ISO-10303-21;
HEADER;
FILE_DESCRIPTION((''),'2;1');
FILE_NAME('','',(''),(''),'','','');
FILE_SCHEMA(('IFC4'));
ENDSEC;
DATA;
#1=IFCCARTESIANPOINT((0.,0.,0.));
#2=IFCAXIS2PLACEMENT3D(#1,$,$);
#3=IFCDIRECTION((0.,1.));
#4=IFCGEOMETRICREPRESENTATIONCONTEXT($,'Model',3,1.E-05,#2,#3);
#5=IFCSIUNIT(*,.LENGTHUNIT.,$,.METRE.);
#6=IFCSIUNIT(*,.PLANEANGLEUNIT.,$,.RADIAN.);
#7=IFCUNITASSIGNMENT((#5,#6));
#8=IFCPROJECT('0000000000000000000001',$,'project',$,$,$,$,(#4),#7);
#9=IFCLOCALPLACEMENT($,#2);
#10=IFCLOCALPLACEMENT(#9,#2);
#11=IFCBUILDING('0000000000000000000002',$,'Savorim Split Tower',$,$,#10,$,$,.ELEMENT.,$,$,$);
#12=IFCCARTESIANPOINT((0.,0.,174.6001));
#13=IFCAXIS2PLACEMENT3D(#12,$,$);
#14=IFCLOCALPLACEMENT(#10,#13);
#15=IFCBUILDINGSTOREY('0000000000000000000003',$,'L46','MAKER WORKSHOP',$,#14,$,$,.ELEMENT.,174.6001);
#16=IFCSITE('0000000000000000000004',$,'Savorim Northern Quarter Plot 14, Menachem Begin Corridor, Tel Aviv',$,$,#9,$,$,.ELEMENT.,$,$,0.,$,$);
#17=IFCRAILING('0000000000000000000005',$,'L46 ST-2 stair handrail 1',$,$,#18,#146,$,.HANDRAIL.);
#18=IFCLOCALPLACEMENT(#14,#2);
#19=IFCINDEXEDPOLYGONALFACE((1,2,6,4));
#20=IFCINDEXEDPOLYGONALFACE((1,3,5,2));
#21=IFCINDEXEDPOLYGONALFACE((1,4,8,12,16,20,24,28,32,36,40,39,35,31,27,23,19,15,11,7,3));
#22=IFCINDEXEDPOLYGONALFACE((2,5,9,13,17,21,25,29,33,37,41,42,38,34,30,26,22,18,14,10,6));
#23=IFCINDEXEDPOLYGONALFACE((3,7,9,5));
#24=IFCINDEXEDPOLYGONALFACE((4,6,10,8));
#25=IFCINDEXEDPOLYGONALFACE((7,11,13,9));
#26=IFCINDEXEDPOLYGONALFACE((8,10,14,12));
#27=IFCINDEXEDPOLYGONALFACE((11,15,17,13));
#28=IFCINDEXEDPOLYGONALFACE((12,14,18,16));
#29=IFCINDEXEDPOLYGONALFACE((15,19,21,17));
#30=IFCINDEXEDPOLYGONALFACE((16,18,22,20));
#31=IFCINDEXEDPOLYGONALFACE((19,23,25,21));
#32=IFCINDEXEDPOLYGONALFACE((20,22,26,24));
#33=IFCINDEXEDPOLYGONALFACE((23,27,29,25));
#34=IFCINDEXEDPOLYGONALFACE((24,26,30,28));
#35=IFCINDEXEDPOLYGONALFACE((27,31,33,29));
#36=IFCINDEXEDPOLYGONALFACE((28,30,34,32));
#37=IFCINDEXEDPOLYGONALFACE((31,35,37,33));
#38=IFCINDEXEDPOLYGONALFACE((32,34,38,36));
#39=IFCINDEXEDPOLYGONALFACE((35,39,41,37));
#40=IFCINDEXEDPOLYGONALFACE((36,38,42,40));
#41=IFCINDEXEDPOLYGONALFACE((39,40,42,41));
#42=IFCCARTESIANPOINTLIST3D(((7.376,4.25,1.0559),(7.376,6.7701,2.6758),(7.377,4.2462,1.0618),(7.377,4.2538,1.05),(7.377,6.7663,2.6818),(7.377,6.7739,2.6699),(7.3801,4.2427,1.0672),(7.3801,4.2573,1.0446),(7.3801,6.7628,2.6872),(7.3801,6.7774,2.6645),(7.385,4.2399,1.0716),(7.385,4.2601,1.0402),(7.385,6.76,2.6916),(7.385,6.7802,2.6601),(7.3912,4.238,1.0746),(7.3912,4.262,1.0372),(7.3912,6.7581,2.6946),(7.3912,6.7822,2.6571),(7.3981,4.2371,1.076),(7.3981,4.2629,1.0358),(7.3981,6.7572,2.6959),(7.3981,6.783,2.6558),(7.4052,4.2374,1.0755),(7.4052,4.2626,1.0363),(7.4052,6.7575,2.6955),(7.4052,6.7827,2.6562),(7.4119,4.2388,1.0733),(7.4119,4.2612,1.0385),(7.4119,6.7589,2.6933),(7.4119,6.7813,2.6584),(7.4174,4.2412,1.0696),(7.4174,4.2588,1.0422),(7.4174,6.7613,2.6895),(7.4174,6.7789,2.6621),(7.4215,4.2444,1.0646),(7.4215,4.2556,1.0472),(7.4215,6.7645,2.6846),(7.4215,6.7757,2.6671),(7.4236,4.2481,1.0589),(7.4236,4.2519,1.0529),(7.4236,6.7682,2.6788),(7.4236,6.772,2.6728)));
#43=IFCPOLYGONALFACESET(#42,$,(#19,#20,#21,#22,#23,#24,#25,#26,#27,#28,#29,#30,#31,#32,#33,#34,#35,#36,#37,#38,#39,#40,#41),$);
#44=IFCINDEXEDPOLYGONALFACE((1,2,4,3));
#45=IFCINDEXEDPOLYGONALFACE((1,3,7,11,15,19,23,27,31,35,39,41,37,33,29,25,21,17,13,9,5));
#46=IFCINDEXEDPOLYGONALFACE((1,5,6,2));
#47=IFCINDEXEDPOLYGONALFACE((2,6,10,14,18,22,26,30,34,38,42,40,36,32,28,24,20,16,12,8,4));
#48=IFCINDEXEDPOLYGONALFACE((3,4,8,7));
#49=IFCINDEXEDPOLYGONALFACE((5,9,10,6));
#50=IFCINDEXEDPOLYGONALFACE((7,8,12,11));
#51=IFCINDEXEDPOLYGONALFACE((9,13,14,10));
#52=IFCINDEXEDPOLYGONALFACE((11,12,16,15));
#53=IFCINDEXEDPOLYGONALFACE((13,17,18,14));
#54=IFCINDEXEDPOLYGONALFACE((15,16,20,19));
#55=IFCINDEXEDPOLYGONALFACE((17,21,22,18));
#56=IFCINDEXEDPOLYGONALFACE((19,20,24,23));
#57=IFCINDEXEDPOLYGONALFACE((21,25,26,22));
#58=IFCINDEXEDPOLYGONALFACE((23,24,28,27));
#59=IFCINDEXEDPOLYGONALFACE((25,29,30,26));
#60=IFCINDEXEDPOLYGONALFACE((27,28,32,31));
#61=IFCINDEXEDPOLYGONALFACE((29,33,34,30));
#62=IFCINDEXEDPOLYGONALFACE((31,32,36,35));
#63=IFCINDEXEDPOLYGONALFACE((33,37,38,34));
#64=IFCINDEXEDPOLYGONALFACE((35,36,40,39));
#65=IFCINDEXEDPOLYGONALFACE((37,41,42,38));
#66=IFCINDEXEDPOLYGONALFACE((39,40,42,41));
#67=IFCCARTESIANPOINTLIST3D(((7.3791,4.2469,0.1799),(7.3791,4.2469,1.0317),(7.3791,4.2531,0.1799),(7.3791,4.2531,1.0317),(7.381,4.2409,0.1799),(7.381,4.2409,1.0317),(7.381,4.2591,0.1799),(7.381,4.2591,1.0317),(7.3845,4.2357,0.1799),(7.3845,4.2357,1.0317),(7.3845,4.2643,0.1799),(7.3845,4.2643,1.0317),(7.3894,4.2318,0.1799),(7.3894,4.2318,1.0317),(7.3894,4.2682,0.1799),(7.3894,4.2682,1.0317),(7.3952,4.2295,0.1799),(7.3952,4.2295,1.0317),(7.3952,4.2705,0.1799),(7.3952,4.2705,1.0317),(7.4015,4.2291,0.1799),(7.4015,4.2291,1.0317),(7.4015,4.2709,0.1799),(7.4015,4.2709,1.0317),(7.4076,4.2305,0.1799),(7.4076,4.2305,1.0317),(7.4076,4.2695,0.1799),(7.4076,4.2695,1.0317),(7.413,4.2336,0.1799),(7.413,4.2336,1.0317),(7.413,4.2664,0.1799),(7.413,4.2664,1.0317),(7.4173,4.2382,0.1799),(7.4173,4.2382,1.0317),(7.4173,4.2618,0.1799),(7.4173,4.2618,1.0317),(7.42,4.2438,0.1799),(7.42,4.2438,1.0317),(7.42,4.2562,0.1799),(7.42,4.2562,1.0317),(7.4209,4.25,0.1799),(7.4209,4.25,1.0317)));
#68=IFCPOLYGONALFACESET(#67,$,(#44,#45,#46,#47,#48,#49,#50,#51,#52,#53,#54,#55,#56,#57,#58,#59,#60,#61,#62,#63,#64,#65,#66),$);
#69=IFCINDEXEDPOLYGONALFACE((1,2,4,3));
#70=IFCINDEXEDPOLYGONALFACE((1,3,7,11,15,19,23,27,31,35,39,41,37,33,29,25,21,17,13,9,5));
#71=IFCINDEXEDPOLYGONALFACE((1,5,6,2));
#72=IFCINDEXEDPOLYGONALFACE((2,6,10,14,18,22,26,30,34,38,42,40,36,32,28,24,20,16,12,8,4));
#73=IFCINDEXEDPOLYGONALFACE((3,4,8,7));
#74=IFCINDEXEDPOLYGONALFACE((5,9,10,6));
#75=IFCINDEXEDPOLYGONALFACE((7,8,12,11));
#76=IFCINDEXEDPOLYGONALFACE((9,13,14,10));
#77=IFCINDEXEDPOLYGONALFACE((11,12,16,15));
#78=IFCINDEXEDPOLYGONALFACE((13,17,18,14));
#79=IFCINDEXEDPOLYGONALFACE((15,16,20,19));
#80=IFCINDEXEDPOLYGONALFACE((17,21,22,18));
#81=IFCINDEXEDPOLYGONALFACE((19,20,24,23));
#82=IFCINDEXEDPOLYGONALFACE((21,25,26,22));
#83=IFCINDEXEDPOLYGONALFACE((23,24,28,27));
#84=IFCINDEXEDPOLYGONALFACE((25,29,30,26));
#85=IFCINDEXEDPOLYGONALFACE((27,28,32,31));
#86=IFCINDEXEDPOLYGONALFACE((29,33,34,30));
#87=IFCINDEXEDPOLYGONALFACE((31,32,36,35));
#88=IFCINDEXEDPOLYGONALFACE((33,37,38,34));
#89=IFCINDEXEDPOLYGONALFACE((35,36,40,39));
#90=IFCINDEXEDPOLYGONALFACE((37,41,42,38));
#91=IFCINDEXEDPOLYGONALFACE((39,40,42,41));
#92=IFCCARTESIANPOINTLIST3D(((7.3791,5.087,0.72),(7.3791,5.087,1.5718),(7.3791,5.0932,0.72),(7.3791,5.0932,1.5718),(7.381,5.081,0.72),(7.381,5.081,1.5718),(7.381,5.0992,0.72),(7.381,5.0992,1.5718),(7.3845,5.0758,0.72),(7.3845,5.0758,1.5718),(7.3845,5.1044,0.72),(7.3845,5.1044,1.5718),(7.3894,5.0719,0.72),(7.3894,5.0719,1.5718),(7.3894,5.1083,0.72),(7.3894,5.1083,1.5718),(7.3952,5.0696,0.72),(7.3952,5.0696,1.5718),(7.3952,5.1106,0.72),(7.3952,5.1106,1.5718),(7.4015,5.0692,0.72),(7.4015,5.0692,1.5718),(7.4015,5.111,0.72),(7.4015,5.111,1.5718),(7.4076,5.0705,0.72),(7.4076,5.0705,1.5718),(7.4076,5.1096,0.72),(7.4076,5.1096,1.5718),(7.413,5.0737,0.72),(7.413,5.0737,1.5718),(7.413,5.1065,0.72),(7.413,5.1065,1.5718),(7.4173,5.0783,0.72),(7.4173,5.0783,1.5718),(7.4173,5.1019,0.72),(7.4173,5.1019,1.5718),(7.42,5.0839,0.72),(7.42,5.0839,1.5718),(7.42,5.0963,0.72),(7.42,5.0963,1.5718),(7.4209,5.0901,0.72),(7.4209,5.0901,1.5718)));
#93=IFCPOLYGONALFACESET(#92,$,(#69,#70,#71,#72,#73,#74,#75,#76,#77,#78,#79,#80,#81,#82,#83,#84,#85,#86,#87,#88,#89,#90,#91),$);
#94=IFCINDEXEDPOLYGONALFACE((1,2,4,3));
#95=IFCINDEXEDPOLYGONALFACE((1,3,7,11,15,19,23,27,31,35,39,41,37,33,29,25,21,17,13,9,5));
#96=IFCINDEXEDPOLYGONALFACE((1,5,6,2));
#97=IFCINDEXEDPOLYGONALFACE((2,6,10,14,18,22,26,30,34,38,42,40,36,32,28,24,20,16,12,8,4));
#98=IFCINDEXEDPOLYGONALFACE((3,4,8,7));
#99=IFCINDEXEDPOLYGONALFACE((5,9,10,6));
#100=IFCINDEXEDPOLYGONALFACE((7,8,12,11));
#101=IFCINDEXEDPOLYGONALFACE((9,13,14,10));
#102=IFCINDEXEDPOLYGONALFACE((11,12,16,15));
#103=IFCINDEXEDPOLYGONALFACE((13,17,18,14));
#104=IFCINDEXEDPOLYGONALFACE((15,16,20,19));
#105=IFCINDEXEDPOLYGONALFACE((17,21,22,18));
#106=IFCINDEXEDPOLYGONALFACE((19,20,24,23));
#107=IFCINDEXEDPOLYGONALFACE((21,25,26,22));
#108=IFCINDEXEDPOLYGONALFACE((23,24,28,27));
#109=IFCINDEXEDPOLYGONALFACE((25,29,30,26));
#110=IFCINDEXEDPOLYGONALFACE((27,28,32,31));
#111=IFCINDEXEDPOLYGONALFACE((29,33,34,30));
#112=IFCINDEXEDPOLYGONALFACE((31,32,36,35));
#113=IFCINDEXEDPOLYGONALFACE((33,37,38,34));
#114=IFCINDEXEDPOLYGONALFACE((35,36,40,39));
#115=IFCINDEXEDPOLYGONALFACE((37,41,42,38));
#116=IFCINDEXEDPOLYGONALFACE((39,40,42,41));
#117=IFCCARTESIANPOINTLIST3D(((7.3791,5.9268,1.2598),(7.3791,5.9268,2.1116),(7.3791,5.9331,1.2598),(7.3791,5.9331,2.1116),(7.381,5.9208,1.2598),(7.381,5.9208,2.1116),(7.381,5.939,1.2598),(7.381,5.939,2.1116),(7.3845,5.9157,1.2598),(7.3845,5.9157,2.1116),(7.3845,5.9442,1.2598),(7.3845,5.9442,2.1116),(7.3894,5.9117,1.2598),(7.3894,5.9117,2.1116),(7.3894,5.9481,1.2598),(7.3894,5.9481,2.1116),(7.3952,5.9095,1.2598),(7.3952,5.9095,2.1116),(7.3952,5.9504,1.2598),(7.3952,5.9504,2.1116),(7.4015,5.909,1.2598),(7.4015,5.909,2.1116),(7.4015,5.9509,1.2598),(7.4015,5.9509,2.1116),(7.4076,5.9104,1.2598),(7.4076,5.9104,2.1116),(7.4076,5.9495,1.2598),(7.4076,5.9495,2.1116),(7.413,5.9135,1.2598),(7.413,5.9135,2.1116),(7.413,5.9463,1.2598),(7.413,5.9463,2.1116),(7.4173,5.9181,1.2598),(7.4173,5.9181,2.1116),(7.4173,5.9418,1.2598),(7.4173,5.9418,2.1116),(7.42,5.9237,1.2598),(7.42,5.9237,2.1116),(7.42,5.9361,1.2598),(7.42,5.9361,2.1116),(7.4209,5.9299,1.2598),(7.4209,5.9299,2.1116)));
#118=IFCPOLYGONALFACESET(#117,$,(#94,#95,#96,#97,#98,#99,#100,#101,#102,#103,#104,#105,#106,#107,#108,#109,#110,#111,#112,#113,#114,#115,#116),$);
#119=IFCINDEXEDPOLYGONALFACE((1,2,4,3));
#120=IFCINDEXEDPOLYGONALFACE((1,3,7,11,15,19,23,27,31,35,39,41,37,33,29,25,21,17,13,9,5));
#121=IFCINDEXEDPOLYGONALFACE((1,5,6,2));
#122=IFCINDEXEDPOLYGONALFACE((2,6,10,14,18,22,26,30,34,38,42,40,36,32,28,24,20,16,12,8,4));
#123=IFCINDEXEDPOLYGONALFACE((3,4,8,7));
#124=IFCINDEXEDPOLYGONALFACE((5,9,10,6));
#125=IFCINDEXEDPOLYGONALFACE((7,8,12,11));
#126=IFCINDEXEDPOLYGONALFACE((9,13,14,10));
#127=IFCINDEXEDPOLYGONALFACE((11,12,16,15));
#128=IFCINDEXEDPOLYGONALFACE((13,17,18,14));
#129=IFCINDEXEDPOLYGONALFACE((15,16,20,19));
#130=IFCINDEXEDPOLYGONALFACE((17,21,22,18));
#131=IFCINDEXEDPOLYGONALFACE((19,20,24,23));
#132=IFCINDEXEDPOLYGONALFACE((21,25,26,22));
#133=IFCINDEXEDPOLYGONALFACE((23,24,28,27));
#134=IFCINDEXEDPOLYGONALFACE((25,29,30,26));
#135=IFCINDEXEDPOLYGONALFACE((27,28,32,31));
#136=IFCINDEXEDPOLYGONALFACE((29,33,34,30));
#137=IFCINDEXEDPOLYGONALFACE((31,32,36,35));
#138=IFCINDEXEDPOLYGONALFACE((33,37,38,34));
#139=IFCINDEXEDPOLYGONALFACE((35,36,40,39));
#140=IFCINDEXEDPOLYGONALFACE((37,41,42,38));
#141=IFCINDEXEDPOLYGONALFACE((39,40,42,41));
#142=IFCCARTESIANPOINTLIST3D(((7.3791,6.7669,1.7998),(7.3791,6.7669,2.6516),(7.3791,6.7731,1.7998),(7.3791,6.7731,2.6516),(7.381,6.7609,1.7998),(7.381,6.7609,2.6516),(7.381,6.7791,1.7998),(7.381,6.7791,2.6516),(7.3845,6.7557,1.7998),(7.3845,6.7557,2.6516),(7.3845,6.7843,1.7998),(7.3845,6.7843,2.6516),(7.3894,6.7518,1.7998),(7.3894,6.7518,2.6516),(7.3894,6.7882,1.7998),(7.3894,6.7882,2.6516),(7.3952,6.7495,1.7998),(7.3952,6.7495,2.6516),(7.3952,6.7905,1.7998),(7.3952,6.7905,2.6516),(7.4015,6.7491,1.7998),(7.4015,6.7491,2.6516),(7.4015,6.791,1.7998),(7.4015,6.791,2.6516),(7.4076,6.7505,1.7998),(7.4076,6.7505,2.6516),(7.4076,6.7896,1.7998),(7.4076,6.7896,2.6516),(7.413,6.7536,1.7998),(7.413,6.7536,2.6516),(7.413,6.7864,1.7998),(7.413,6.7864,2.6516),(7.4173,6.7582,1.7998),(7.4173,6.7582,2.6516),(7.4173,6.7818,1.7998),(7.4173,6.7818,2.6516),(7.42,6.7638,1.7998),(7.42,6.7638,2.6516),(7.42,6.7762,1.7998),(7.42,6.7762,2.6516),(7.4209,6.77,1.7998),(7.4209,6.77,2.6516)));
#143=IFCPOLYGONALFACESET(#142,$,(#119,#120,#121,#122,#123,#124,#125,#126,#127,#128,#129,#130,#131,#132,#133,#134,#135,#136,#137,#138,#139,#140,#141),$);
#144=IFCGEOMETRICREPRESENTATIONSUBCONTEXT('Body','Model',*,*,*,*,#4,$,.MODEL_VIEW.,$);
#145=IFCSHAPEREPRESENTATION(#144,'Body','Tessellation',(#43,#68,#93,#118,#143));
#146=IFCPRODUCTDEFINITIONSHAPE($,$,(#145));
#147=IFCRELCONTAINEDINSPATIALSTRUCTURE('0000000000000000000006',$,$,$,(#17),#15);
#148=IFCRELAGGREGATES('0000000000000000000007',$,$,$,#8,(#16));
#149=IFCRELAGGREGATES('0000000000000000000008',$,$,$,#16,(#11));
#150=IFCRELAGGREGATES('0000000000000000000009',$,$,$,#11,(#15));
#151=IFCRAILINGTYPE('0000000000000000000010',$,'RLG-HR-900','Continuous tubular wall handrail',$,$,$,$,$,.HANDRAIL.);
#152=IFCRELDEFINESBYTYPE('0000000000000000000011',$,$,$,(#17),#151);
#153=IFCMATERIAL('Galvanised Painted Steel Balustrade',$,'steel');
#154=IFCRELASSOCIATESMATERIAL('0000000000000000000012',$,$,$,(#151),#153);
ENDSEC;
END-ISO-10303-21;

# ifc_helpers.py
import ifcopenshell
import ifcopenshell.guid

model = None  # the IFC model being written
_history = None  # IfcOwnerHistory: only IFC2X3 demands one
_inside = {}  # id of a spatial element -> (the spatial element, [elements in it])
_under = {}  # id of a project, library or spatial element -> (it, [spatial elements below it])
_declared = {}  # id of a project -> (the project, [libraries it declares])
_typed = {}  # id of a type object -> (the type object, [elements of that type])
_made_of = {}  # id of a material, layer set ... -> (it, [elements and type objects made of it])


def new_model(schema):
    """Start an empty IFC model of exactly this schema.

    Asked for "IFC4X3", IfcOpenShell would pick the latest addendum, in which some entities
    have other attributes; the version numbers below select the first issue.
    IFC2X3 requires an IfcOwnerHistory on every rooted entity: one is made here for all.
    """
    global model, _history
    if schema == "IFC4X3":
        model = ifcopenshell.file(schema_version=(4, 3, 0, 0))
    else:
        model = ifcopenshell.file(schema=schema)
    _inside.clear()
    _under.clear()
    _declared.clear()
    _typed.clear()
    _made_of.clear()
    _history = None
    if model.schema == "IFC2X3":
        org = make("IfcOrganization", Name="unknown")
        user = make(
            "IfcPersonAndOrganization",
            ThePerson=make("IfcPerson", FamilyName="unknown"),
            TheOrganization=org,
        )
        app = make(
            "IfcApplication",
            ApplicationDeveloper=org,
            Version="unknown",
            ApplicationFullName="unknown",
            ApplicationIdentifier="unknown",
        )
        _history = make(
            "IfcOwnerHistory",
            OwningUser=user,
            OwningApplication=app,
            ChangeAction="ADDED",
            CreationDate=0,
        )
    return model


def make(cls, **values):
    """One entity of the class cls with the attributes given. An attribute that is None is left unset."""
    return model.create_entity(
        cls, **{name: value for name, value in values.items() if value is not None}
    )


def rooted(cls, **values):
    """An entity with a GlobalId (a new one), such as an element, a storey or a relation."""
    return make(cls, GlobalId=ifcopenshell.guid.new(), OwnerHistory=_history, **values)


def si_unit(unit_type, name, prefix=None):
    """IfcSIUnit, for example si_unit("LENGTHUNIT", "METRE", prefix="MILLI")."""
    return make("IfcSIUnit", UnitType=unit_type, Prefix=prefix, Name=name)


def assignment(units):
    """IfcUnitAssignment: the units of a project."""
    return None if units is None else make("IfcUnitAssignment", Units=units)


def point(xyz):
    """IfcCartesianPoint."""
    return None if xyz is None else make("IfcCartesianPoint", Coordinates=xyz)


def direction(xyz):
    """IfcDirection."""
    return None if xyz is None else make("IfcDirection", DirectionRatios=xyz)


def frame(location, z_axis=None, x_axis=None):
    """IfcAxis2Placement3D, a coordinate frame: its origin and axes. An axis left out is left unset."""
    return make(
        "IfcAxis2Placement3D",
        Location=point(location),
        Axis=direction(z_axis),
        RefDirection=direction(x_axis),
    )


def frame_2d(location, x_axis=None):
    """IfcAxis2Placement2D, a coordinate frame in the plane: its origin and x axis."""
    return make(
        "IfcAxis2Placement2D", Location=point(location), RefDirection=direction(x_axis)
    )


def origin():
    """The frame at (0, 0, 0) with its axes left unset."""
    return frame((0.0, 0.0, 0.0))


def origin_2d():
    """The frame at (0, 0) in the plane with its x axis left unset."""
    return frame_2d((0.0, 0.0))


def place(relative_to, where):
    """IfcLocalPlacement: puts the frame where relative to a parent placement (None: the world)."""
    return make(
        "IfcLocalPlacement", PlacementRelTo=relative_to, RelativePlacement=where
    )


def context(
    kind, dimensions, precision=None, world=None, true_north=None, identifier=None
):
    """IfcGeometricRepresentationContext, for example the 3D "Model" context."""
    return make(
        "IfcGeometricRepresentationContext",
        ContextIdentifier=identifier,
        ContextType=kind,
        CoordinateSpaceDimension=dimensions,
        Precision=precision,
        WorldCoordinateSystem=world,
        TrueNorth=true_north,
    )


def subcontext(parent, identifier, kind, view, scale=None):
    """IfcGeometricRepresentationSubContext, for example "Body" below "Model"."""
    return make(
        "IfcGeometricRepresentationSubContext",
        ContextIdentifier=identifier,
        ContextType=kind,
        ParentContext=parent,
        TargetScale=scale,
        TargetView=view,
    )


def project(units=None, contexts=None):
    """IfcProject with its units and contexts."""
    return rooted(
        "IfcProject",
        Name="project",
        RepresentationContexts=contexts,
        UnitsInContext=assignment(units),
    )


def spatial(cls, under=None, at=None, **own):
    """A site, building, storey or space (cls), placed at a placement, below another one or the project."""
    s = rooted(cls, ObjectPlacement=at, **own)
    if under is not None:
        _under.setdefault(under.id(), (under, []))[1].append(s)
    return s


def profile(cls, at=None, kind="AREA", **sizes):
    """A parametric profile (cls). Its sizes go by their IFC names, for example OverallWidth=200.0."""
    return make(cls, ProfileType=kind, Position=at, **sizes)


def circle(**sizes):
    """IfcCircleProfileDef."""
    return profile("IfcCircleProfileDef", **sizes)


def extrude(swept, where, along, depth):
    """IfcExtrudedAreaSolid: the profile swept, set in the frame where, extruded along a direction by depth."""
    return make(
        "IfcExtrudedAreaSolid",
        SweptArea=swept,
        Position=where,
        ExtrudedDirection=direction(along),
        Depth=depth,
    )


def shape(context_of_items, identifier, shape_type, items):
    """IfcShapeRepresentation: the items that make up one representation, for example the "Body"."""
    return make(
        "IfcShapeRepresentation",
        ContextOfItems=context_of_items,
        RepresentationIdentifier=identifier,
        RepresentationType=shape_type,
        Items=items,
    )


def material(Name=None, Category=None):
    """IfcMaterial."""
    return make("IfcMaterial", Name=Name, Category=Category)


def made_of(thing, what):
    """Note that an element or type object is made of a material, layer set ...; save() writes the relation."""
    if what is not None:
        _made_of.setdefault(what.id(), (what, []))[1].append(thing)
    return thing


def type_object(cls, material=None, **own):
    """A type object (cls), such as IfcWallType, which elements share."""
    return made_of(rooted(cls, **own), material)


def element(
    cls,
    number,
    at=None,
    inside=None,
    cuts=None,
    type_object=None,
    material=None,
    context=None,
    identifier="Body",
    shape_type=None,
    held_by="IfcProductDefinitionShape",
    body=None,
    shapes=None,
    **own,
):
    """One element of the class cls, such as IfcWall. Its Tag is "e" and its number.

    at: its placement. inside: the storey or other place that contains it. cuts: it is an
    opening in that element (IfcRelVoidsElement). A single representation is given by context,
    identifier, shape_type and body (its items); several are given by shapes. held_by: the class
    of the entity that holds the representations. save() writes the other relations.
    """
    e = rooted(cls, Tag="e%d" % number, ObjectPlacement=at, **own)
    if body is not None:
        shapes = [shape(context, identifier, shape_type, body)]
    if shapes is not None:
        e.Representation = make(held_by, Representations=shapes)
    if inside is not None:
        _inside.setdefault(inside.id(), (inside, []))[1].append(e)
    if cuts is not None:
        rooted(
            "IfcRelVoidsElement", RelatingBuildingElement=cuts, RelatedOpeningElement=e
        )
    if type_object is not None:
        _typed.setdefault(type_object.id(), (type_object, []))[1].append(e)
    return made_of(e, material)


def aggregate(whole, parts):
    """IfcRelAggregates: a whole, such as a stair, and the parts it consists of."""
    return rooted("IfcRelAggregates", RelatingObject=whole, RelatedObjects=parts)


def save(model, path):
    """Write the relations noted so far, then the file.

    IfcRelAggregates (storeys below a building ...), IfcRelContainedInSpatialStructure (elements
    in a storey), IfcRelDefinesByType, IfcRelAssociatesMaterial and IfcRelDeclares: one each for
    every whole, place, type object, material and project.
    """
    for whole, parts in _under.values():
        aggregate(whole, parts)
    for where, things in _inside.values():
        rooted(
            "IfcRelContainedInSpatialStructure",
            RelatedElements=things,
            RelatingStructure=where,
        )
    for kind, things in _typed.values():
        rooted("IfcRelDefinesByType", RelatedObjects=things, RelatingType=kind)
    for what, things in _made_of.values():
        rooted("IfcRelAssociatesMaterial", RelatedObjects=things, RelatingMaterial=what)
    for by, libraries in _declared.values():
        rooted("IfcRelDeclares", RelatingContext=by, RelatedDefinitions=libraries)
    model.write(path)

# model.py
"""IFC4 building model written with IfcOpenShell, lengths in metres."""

from ifc_helpers import new_model, si_unit, direction, frame, origin, origin_2d, place, context, subcontext, project, spatial, circle, extrude, material, type_object, element, save


model = new_model("IFC4")

# Units and contexts
model_context = context("Model", 3, precision=1e-05, world=origin(), true_north=direction((0.0, 1.0)))
body_context = subcontext(model_context, "Body", "Model", "MODEL_VIEW")
ifc_project = project(units=[si_unit("LENGTHUNIT", "METRE"), si_unit("PLANEANGLEUNIT", "RADIAN")], contexts=[model_context])

# Site, building, storey
site_placement = place(None, origin())
site = spatial("IfcSite", under=ifc_project, at=site_placement, Name="Savorim Northern Quarter Plot 14, Menachem Begin Corridor, Tel Aviv", CompositionType="ELEMENT", RefElevation=0.0)
building_placement = place(site_placement, origin())
building = spatial("IfcBuilding", under=site, at=building_placement, Name="Savorim Split Tower", CompositionType="ELEMENT")
storey_placement = place(building_placement, frame((0.0, 0.0, 174.6001)))
storey = spatial("IfcBuildingStorey", under=building, at=storey_placement, Name="L46", Description="MAKER WORKSHOP", CompositionType="ELEMENT", Elevation=174.6001)

# Railing
ifc_material_1 = material(Name="Galvanised Painted Steel Balustrade", Category="steel")
railing_type_1 = type_object("IfcRailingType", Name="RLG-HR-900", Description="Continuous tubular wall handrail", PredefinedType="HANDRAIL", material=ifc_material_1)
railing_1_placement = place(storey_placement, frame((7.3999, 4.25, 0.1799)))
element("IfcRailing", 1, at=railing_1_placement, inside=storey, type_object=railing_type_1, Name="L46 ST-2 stair handrail 1", PredefinedType="HANDRAIL", context=body_context, shape_type="SweptSolid", body=[
    extrude(circle(Radius=0.0239, at=origin_2d()), frame((0.0, 0.0, 0.876), z_axis=(0.0, 0.8412, 0.540725), x_axis=(-1.0, 0.0, 0.0)), (0.0, 0.0, 1.0), 2.9958),
    extrude(circle(Radius=0.021, at=origin_2d()), origin(), (0.0, 0.0, 1.0), 0.8518),
    extrude(circle(Radius=0.021, at=origin_2d()), frame((0.0, 0.8401, 0.54)), (0.0, 0.0, 1.0), 0.8518),
    extrude(circle(Radius=0.021, at=origin_2d()), frame((0.0, 1.6799, 1.0798)), (0.0, 0.0, 1.0), 0.8518),
    extrude(circle(Radius=0.021, at=origin_2d()), frame((0.0, 2.52, 1.6199)), (0.0, 0.0, 1.0), 0.8518),
])

save(model, "model.ifc")
